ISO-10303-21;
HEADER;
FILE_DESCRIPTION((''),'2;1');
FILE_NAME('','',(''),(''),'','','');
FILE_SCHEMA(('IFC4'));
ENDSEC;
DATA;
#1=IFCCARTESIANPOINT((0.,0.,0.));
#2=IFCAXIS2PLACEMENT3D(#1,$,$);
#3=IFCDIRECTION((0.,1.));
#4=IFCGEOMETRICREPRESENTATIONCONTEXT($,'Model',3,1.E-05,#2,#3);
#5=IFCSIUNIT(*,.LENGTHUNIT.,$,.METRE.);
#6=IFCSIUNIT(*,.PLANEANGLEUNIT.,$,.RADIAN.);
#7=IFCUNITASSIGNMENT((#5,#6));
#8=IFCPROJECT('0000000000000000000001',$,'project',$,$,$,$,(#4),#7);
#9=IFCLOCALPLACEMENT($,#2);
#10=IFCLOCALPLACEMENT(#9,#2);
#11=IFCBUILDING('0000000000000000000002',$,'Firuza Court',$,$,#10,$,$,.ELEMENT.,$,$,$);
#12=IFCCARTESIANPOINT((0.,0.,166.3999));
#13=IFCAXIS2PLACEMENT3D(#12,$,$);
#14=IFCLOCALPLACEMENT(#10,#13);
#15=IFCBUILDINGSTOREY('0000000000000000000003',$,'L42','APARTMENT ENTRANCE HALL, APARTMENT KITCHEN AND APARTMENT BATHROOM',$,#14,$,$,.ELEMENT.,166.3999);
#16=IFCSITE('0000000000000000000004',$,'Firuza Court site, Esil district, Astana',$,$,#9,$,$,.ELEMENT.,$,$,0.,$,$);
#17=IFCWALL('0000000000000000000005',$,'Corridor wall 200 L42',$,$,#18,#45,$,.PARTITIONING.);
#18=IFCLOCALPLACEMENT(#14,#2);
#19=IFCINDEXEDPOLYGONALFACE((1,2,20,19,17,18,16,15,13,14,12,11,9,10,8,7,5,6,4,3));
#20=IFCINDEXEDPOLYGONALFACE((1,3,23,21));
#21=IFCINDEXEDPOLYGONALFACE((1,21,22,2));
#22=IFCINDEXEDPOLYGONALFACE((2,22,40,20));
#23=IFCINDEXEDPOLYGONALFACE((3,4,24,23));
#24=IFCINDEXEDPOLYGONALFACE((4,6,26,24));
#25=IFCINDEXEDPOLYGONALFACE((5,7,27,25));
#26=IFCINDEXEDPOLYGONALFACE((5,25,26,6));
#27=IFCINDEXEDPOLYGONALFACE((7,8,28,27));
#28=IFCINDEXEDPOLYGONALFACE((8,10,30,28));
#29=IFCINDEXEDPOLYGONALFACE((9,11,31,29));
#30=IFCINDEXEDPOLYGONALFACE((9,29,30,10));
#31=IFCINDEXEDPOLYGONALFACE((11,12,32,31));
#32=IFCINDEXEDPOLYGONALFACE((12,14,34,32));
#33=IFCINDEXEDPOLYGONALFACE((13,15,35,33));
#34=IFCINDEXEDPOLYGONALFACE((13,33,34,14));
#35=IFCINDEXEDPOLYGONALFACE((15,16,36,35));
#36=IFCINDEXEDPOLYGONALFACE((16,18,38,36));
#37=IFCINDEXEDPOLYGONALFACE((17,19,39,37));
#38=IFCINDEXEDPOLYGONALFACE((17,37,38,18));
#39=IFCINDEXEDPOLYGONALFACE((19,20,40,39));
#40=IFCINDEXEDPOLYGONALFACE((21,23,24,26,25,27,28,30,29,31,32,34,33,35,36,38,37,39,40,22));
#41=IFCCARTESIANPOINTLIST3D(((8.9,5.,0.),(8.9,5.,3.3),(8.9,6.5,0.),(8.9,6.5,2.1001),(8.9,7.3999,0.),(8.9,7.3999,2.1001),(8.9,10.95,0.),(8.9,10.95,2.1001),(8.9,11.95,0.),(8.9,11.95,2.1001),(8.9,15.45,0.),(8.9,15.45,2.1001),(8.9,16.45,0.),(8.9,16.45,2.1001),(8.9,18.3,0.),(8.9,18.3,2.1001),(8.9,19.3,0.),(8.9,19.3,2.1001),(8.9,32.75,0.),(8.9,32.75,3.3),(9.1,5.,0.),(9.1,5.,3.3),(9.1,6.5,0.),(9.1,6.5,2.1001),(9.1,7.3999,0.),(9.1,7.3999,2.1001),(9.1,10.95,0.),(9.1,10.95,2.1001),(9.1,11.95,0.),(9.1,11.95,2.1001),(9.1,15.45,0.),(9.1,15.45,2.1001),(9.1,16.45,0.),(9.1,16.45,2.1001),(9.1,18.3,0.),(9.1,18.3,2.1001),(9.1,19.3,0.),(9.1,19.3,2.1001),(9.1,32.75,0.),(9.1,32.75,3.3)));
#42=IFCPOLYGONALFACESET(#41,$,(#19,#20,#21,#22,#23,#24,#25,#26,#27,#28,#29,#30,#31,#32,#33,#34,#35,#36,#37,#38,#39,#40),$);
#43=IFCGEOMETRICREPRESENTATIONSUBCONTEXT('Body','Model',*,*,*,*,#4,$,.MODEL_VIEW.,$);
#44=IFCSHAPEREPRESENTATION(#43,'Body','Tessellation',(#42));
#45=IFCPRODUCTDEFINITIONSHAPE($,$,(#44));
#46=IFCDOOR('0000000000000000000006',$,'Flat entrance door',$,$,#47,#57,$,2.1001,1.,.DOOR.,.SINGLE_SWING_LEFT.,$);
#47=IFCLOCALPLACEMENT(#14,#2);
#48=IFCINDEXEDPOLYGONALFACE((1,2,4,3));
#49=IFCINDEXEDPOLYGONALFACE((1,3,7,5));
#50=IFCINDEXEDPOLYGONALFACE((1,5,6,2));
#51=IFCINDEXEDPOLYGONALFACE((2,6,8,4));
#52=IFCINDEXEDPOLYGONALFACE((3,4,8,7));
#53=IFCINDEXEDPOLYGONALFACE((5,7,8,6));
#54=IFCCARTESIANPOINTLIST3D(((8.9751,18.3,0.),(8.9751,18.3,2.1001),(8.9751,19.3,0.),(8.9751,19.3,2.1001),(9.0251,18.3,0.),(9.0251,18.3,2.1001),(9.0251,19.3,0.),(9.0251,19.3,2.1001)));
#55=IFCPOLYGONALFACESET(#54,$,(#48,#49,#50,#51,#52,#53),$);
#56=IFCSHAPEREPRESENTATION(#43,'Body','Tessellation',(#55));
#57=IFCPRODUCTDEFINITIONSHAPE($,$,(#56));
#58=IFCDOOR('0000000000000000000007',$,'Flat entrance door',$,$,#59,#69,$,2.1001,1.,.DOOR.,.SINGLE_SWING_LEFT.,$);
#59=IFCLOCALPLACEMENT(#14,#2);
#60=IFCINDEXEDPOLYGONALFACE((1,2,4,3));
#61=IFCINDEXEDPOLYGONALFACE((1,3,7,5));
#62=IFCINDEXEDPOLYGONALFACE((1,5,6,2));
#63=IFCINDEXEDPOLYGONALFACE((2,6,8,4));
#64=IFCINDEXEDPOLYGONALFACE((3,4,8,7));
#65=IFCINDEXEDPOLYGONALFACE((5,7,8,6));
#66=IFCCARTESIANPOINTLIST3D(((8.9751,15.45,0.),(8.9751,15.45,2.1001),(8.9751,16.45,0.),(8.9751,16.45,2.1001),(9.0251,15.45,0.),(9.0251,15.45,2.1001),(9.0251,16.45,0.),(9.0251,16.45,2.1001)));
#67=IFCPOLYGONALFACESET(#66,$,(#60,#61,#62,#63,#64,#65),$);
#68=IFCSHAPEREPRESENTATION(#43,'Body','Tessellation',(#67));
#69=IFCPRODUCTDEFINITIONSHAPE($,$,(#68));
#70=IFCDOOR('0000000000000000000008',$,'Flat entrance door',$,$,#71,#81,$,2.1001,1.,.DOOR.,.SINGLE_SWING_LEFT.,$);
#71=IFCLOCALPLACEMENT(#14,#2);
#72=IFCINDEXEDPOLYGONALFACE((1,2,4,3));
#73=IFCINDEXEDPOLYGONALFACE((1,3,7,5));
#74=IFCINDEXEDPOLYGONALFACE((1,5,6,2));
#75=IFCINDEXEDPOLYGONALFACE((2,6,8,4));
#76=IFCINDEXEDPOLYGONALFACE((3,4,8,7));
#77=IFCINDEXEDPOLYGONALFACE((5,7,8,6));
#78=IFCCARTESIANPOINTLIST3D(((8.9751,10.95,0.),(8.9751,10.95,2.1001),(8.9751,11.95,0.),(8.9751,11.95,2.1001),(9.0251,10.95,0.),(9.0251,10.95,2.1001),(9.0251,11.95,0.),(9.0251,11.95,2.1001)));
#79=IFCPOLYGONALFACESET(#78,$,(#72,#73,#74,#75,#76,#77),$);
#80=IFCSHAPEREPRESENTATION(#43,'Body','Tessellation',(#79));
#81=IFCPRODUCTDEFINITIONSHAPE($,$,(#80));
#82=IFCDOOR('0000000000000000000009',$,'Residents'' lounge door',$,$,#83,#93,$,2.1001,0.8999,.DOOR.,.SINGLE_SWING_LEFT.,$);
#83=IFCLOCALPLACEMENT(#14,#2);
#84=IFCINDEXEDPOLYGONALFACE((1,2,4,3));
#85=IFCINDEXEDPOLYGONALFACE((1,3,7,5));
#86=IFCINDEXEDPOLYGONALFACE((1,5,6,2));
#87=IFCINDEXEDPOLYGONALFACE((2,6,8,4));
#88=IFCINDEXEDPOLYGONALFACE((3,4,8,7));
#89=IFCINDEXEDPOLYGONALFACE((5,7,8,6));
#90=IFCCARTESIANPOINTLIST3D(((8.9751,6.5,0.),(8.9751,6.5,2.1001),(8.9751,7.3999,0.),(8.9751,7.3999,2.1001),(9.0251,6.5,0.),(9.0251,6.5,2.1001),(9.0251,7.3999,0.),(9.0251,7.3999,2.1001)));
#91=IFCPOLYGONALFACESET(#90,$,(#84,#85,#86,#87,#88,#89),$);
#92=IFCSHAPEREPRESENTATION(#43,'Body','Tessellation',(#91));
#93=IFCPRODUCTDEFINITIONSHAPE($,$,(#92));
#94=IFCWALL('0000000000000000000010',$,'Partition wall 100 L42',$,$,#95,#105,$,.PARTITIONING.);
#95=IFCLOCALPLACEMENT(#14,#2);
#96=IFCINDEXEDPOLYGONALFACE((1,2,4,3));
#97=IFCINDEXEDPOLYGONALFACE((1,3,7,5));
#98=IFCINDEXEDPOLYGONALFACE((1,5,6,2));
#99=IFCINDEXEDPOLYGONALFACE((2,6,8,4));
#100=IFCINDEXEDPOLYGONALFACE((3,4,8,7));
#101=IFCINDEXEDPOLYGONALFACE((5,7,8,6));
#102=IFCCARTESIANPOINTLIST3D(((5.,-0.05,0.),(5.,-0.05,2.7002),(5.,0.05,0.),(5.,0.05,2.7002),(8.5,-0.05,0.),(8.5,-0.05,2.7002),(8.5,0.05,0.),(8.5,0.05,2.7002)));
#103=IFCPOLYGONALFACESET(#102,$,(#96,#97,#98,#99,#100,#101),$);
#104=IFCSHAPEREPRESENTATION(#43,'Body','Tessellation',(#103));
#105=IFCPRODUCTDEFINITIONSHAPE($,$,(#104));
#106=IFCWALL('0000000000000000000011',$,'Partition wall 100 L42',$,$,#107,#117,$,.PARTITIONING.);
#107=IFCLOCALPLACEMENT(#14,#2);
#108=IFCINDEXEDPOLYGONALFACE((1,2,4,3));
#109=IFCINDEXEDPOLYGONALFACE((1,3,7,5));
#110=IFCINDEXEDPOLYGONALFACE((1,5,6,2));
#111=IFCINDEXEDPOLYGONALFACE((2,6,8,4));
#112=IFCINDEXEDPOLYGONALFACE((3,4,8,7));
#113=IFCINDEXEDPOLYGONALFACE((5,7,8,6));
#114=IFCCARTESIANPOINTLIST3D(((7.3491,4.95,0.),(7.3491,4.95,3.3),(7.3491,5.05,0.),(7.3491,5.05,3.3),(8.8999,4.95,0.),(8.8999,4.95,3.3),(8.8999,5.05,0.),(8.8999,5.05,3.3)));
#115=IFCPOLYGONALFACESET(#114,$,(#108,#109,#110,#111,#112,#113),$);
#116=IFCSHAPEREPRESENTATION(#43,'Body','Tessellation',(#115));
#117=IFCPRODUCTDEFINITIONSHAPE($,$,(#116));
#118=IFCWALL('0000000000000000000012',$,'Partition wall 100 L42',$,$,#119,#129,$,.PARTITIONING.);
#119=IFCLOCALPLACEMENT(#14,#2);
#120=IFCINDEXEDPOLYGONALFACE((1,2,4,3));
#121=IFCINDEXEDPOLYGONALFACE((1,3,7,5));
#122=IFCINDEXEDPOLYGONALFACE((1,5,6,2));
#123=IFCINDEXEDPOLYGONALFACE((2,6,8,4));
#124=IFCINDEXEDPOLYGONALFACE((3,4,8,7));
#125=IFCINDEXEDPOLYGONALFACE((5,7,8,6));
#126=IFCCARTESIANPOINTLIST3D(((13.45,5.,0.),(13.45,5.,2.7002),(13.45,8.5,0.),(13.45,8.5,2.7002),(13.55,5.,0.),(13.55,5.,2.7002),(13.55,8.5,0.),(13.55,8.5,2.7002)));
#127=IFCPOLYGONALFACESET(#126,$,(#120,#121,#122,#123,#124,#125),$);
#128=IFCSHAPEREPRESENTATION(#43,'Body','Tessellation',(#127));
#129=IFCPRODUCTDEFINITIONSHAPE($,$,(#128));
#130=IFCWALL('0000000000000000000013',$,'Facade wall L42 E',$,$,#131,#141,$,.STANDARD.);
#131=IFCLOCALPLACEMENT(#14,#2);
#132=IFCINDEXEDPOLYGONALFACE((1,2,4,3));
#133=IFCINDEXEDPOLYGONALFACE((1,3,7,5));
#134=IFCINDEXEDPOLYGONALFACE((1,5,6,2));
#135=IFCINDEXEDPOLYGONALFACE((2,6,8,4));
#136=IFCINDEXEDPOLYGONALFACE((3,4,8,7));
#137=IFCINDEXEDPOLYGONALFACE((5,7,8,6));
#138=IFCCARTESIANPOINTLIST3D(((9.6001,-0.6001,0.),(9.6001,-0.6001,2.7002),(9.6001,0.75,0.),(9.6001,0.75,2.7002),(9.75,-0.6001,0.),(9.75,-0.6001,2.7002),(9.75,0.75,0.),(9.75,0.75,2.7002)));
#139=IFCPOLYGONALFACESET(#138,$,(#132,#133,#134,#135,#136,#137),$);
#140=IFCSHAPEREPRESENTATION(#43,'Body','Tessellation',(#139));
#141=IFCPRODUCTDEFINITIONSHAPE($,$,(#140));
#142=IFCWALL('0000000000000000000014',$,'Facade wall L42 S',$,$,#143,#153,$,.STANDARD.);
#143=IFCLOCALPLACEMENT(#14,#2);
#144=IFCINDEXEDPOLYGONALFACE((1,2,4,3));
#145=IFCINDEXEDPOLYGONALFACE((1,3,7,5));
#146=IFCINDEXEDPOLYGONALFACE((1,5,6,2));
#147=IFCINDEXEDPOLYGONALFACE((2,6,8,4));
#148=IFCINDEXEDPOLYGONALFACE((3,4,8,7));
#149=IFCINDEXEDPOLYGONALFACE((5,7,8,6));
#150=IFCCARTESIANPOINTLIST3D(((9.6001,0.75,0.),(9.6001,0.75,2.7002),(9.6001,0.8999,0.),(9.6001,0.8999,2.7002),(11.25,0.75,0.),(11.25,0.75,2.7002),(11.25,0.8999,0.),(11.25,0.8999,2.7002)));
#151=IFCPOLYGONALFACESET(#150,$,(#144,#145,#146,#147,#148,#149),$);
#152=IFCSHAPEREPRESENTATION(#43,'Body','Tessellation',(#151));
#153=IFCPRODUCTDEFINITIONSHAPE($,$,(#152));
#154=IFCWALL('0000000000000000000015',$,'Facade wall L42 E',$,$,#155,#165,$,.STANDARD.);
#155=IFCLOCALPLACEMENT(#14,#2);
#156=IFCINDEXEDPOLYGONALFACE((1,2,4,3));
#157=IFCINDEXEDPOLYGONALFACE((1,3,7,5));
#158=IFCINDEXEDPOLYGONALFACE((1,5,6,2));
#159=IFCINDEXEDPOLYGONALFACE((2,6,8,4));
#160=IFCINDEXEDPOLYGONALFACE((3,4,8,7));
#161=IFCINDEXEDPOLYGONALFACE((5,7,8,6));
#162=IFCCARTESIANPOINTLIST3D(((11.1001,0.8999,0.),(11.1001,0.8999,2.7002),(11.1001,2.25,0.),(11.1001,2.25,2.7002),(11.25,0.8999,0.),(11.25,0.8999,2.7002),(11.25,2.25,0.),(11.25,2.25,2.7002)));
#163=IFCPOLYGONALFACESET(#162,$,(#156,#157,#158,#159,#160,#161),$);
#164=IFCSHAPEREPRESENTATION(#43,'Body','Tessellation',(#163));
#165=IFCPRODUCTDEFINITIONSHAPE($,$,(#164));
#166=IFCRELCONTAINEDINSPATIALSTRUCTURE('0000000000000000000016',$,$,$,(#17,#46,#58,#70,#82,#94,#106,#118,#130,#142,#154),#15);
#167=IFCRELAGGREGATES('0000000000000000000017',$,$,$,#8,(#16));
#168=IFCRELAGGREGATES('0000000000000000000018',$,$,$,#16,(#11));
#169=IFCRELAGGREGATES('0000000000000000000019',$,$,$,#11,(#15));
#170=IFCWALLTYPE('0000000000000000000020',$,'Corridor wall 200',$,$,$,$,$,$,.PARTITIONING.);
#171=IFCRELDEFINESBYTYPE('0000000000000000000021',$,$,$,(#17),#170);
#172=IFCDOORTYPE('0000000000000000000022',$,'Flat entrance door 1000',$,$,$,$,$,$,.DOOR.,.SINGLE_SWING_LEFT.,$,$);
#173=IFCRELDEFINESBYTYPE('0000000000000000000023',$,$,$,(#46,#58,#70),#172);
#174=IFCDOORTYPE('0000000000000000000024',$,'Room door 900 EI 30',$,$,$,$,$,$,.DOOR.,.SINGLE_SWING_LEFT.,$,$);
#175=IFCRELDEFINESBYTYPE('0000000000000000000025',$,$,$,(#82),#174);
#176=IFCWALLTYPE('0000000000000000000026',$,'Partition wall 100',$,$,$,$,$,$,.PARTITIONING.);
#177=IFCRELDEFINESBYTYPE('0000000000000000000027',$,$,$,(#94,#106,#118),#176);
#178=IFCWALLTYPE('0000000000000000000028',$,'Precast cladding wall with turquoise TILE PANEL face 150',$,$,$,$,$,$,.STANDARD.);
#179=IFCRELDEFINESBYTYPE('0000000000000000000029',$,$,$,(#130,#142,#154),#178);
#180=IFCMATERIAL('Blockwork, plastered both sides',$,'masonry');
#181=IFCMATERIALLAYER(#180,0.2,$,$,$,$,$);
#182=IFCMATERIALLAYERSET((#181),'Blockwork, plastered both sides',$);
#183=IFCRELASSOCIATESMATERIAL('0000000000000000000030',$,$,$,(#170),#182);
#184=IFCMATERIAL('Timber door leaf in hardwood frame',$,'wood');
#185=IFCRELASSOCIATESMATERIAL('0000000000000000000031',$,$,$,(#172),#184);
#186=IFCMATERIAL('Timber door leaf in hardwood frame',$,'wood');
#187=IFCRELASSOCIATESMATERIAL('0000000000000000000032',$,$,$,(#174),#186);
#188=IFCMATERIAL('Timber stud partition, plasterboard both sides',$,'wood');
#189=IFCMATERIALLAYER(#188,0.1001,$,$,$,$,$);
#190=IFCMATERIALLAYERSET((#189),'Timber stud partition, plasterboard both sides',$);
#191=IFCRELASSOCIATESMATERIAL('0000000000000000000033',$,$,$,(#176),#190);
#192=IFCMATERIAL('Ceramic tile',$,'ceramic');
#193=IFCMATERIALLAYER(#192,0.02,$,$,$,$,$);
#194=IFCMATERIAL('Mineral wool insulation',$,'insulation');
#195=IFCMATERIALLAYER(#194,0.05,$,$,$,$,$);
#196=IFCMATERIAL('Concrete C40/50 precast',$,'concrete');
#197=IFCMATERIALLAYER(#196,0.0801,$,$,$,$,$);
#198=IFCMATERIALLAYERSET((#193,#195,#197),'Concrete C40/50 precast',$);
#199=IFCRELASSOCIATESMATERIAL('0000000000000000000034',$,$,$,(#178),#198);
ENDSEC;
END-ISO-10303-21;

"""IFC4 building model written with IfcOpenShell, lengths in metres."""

from ifc_helpers import new_model, si_unit, direction, frame, frame_2d, origin, place, context, subcontext, project, spatial, rectangle, extrude, material, layer, layer_set, type_object, element, fill, save


model = new_model("IFC4")

# Units and contexts
model_context = context("Model", 3, precision=1e-05, world=origin(), true_north=direction((0.0, 1.0)))
body_context = subcontext(model_context, "Body", "Model", "MODEL_VIEW")
ifc_project = project(units=[si_unit("LENGTHUNIT", "METRE"), si_unit("PLANEANGLEUNIT", "RADIAN")], contexts=[model_context])

# Site, building, storey
site_placement = place(None, origin())
site = spatial("IfcSite", under=ifc_project, at=site_placement, Name="Firuza Court site, Esil district, Astana", CompositionType="ELEMENT", RefElevation=0.0)
building_placement = place(site_placement, origin())
building = spatial("IfcBuilding", under=site, at=building_placement, Name="Firuza Court", CompositionType="ELEMENT")
storey_placement = place(building_placement, frame((0.0, 0.0, 166.3999)))
storey = spatial("IfcBuildingStorey", under=building, at=storey_placement, Name="L42", Description="APARTMENT ENTRANCE HALL, APARTMENT KITCHEN AND APARTMENT BATHROOM", CompositionType="ELEMENT", Elevation=166.3999)

# Wall, openings, doors
ifc_material_1 = material(Name="Blockwork, plastered both sides", Category="masonry")
ifc_layer_1 = layer(ifc_material_1, 0.2)
ifc_layer_set_1 = layer_set([ifc_layer_1], Name="Blockwork, plastered both sides")
wall_type_1 = type_object("IfcWallType", Name="Corridor wall 200", PredefinedType="PARTITIONING", material=ifc_layer_set_1)
wall_1_placement = place(storey_placement, frame((9.0, 5.0, 0.0), z_axis=(0.0, 0.0, 1.0), x_axis=(0.0, 1.0, 0.0)))
wall_1 = element("IfcWall", 1, at=wall_1_placement, inside=storey, type_object=wall_type_1, Name="Corridor wall 200 L42", PredefinedType="PARTITIONING", context=body_context, shape_type="SweptSolid", body=[
    extrude(rectangle(XDim=27.75, YDim=0.2, at=frame_2d((13.875, 0.0))), origin(), (0.0, 0.0, 1.0), 3.3),
])
opening_1_placement = place(wall_1_placement, frame((13.3, 0.0, 0.0)))
opening_1 = element("IfcOpeningElement", 2, at=opening_1_placement, cuts=wall_1, PredefinedType="OPENING", context=body_context, shape_type="SweptSolid", body=[
    extrude(rectangle(XDim=1.0, YDim=2.1001, at=frame_2d((0.5, 1.05))), frame((0.0, 0.1118, 0.0), z_axis=(0.0, -1.0, 0.0), x_axis=(1.0, 0.0, 0.0)), (0.0, 0.0, 1.0), 0.2239),
])
opening_2_placement = place(wall_1_placement, frame((10.45, 0.0, 0.0)))
opening_2 = element("IfcOpeningElement", 3, at=opening_2_placement, cuts=wall_1, PredefinedType="OPENING", context=body_context, shape_type="SweptSolid", body=[
    extrude(rectangle(XDim=1.0, YDim=2.1001, at=frame_2d((0.5, 1.05))), frame((0.0, 0.1118, 0.0), z_axis=(0.0, -1.0, 0.0), x_axis=(1.0, 0.0, 0.0)), (0.0, 0.0, 1.0), 0.2239),
])
opening_3_placement = place(wall_1_placement, frame((5.95, 0.0, 0.0)))
opening_3 = element("IfcOpeningElement", 4, at=opening_3_placement, cuts=wall_1, PredefinedType="OPENING", context=body_context, shape_type="SweptSolid", body=[
    extrude(rectangle(XDim=1.0, YDim=2.1001, at=frame_2d((0.5, 1.05))), frame((0.0, 0.1118, 0.0), z_axis=(0.0, -1.0, 0.0), x_axis=(1.0, 0.0, 0.0)), (0.0, 0.0, 1.0), 0.2239),
])
opening_4_placement = place(wall_1_placement, frame((1.5, 0.0, 0.0)))
opening_4 = element("IfcOpeningElement", 5, at=opening_4_placement, cuts=wall_1, PredefinedType="OPENING", context=body_context, shape_type="SweptSolid", body=[
    extrude(rectangle(XDim=0.8999, YDim=2.1001, at=frame_2d((0.45, 1.05))), frame((0.0, 0.1118, 0.0), z_axis=(0.0, -1.0, 0.0), x_axis=(1.0, 0.0, 0.0)), (0.0, 0.0, 1.0), 0.2239),
])
ifc_material_2 = material(Name="Timber door leaf in hardwood frame", Category="wood")
door_type_1 = type_object("IfcDoorType", Name="Flat entrance door 1000", OperationType="SINGLE_SWING_LEFT", PredefinedType="DOOR", material=ifc_material_2)
door_1_placement = place(opening_1_placement, origin())
door_1 = element("IfcDoor", 6, at=door_1_placement, inside=storey, type_object=door_type_1, Name="Flat entrance door", OperationType="SINGLE_SWING_LEFT", OverallHeight=2.1001, OverallWidth=1.0, PredefinedType="DOOR", context=body_context, shape_type="SweptSolid", body=[
    extrude(rectangle(XDim=1.0, YDim=2.1001, at=frame_2d((0.5, 1.05))), frame((0.0, 0.0249, 0.0), z_axis=(0.0, -1.0, 0.0), x_axis=(1.0, 0.0, 0.0)), (0.0, 0.0, 1.0), 0.05),
])
fill(opening_1, door_1)
door_2_placement = place(opening_2_placement, origin())
door_2 = element("IfcDoor", 7, at=door_2_placement, inside=storey, type_object=door_type_1, Name="Flat entrance door", OperationType="SINGLE_SWING_LEFT", OverallHeight=2.1001, OverallWidth=1.0, PredefinedType="DOOR", context=body_context, shape_type="SweptSolid", body=[
    extrude(rectangle(XDim=1.0, YDim=2.1001, at=frame_2d((0.5, 1.05))), frame((0.0, 0.0249, 0.0), z_axis=(0.0, -1.0, 0.0), x_axis=(1.0, 0.0, 0.0)), (0.0, 0.0, 1.0), 0.05),
])
fill(opening_2, door_2)
door_3_placement = place(opening_3_placement, origin())
door_3 = element("IfcDoor", 8, at=door_3_placement, inside=storey, type_object=door_type_1, Name="Flat entrance door", OperationType="SINGLE_SWING_LEFT", OverallHeight=2.1001, OverallWidth=1.0, PredefinedType="DOOR", context=body_context, shape_type="SweptSolid", body=[
    extrude(rectangle(XDim=1.0, YDim=2.1001, at=frame_2d((0.5, 1.05))), frame((0.0, 0.0249, 0.0), z_axis=(0.0, -1.0, 0.0), x_axis=(1.0, 0.0, 0.0)), (0.0, 0.0, 1.0), 0.05),
])
fill(opening_3, door_3)
ifc_material_3 = material(Name="Timber door leaf in hardwood frame", Category="wood")
door_type_2 = type_object("IfcDoorType", Name="Room door 900 EI 30", OperationType="SINGLE_SWING_LEFT", PredefinedType="DOOR", material=ifc_material_3)
door_4_placement = place(opening_4_placement, origin())
door_4 = element("IfcDoor", 9, at=door_4_placement, inside=storey, type_object=door_type_2, Name="Residents' lounge door", OperationType="SINGLE_SWING_LEFT", OverallHeight=2.1001, OverallWidth=0.8999, PredefinedType="DOOR", context=body_context, shape_type="SweptSolid", body=[
    extrude(rectangle(XDim=0.8999, YDim=2.1001, at=frame_2d((0.45, 1.05))), frame((0.0, 0.0249, 0.0), z_axis=(0.0, -1.0, 0.0), x_axis=(1.0, 0.0, 0.0)), (0.0, 0.0, 1.0), 0.05),
])
fill(opening_4, door_4)

# Walls
ifc_material_4 = material(Name="Timber stud partition, plasterboard both sides", Category="wood")
ifc_layer_2 = layer(ifc_material_4, 0.1001)
ifc_layer_set_2 = layer_set([ifc_layer_2], Name="Timber stud partition, plasterboard both sides")
wall_type_2 = type_object("IfcWallType", Name="Partition wall 100", PredefinedType="PARTITIONING", material=ifc_layer_set_2)
wall_2_placement = place(storey_placement, frame((5.0, 0.0, 0.0), z_axis=(0.0, 0.0, 1.0), x_axis=(1.0, 0.0, 0.0)))
element("IfcWall", 10, at=wall_2_placement, inside=storey, type_object=wall_type_2, Name="Partition wall 100 L42", PredefinedType="PARTITIONING", context=body_context, shape_type="SweptSolid", body=[
    extrude(rectangle(XDim=3.5, YDim=0.1001, at=frame_2d((1.75, 0.0))), origin(), (0.0, 0.0, 1.0), 2.7002),
])
wall_3_placement = place(storey_placement, frame((7.3491, 5.0, 0.0), z_axis=(0.0, 0.0, 1.0), x_axis=(1.0, 0.0, 0.0)))
element("IfcWall", 11, at=wall_3_placement, inside=storey, type_object=wall_type_2, Name="Partition wall 100 L42", PredefinedType="PARTITIONING", context=body_context, shape_type="SweptSolid", body=[
    extrude(rectangle(XDim=1.5508, YDim=0.1001, at=frame_2d((0.7754, 0.0))), origin(), (0.0, 0.0, 1.0), 3.3),
])
wall_4_placement = place(storey_placement, frame((13.5, 5.0, 0.0), z_axis=(0.0, 0.0, 1.0), x_axis=(0.0, 1.0, 0.0)))
element("IfcWall", 12, at=wall_4_placement, inside=storey, type_object=wall_type_2, Name="Partition wall 100 L42", PredefinedType="PARTITIONING", context=body_context, shape_type="SweptSolid", body=[
    extrude(rectangle(XDim=3.5, YDim=0.1001, at=frame_2d((1.75, 0.0))), origin(), (0.0, 0.0, 1.0), 2.7002),
])
ifc_material_5 = material(Name="Ceramic tile", Category="ceramic")
ifc_layer_3 = layer(ifc_material_5, 0.02)
ifc_material_6 = material(Name="Mineral wool insulation", Category="insulation")
ifc_layer_4 = layer(ifc_material_6, 0.05)
ifc_material_7 = material(Name="Concrete C40/50 precast", Category="concrete")
ifc_layer_5 = layer(ifc_material_7, 0.0801)
ifc_layer_set_3 = layer_set([ifc_layer_3, ifc_layer_4, ifc_layer_5], Name="Concrete C40/50 precast")
wall_type_3 = type_object("IfcWallType", Name="Precast cladding wall with turquoise TILE PANEL face 150", PredefinedType="STANDARD", material=ifc_layer_set_3)
wall_5_placement = place(storey_placement, frame((9.675, -0.6001, 0.0), z_axis=(0.0, 0.0, 1.0), x_axis=(0.0, 1.0, 0.0)))
element("IfcWall", 13, at=wall_5_placement, inside=storey, type_object=wall_type_3, Name="Facade wall L42 E", PredefinedType="STANDARD", context=body_context, shape_type="SweptSolid", body=[
    extrude(rectangle(XDim=1.3501, YDim=0.1499, at=frame_2d((0.675, 0.0))), origin(), (0.0, 0.0, 1.0), 2.7002),
])
wall_6_placement = place(storey_placement, frame((9.6001, 0.825, 0.0), z_axis=(0.0, 0.0, 1.0), x_axis=(1.0, 0.0, 0.0)))
element("IfcWall", 14, at=wall_6_placement, inside=storey, type_object=wall_type_3, Name="Facade wall L42 S", PredefinedType="STANDARD", context=body_context, shape_type="SweptSolid", body=[
    extrude(rectangle(XDim=1.6499, YDim=0.1499, at=frame_2d((0.825, 0.0))), origin(), (0.0, 0.0, 1.0), 2.7002),
])
wall_7_placement = place(storey_placement, frame((11.175, 0.8999, 0.0), z_axis=(0.0, 0.0, 1.0), x_axis=(0.0, 1.0, 0.0)))
element("IfcWall", 15, at=wall_7_placement, inside=storey, type_object=wall_type_3, Name="Facade wall L42 E", PredefinedType="STANDARD", context=body_context, shape_type="SweptSolid", body=[
    extrude(rectangle(XDim=1.3501, YDim=0.1499, at=frame_2d((0.675, 0.0))), origin(), (0.0, 0.0, 1.0), 2.7002),
])

save(model, "model.ifc")
